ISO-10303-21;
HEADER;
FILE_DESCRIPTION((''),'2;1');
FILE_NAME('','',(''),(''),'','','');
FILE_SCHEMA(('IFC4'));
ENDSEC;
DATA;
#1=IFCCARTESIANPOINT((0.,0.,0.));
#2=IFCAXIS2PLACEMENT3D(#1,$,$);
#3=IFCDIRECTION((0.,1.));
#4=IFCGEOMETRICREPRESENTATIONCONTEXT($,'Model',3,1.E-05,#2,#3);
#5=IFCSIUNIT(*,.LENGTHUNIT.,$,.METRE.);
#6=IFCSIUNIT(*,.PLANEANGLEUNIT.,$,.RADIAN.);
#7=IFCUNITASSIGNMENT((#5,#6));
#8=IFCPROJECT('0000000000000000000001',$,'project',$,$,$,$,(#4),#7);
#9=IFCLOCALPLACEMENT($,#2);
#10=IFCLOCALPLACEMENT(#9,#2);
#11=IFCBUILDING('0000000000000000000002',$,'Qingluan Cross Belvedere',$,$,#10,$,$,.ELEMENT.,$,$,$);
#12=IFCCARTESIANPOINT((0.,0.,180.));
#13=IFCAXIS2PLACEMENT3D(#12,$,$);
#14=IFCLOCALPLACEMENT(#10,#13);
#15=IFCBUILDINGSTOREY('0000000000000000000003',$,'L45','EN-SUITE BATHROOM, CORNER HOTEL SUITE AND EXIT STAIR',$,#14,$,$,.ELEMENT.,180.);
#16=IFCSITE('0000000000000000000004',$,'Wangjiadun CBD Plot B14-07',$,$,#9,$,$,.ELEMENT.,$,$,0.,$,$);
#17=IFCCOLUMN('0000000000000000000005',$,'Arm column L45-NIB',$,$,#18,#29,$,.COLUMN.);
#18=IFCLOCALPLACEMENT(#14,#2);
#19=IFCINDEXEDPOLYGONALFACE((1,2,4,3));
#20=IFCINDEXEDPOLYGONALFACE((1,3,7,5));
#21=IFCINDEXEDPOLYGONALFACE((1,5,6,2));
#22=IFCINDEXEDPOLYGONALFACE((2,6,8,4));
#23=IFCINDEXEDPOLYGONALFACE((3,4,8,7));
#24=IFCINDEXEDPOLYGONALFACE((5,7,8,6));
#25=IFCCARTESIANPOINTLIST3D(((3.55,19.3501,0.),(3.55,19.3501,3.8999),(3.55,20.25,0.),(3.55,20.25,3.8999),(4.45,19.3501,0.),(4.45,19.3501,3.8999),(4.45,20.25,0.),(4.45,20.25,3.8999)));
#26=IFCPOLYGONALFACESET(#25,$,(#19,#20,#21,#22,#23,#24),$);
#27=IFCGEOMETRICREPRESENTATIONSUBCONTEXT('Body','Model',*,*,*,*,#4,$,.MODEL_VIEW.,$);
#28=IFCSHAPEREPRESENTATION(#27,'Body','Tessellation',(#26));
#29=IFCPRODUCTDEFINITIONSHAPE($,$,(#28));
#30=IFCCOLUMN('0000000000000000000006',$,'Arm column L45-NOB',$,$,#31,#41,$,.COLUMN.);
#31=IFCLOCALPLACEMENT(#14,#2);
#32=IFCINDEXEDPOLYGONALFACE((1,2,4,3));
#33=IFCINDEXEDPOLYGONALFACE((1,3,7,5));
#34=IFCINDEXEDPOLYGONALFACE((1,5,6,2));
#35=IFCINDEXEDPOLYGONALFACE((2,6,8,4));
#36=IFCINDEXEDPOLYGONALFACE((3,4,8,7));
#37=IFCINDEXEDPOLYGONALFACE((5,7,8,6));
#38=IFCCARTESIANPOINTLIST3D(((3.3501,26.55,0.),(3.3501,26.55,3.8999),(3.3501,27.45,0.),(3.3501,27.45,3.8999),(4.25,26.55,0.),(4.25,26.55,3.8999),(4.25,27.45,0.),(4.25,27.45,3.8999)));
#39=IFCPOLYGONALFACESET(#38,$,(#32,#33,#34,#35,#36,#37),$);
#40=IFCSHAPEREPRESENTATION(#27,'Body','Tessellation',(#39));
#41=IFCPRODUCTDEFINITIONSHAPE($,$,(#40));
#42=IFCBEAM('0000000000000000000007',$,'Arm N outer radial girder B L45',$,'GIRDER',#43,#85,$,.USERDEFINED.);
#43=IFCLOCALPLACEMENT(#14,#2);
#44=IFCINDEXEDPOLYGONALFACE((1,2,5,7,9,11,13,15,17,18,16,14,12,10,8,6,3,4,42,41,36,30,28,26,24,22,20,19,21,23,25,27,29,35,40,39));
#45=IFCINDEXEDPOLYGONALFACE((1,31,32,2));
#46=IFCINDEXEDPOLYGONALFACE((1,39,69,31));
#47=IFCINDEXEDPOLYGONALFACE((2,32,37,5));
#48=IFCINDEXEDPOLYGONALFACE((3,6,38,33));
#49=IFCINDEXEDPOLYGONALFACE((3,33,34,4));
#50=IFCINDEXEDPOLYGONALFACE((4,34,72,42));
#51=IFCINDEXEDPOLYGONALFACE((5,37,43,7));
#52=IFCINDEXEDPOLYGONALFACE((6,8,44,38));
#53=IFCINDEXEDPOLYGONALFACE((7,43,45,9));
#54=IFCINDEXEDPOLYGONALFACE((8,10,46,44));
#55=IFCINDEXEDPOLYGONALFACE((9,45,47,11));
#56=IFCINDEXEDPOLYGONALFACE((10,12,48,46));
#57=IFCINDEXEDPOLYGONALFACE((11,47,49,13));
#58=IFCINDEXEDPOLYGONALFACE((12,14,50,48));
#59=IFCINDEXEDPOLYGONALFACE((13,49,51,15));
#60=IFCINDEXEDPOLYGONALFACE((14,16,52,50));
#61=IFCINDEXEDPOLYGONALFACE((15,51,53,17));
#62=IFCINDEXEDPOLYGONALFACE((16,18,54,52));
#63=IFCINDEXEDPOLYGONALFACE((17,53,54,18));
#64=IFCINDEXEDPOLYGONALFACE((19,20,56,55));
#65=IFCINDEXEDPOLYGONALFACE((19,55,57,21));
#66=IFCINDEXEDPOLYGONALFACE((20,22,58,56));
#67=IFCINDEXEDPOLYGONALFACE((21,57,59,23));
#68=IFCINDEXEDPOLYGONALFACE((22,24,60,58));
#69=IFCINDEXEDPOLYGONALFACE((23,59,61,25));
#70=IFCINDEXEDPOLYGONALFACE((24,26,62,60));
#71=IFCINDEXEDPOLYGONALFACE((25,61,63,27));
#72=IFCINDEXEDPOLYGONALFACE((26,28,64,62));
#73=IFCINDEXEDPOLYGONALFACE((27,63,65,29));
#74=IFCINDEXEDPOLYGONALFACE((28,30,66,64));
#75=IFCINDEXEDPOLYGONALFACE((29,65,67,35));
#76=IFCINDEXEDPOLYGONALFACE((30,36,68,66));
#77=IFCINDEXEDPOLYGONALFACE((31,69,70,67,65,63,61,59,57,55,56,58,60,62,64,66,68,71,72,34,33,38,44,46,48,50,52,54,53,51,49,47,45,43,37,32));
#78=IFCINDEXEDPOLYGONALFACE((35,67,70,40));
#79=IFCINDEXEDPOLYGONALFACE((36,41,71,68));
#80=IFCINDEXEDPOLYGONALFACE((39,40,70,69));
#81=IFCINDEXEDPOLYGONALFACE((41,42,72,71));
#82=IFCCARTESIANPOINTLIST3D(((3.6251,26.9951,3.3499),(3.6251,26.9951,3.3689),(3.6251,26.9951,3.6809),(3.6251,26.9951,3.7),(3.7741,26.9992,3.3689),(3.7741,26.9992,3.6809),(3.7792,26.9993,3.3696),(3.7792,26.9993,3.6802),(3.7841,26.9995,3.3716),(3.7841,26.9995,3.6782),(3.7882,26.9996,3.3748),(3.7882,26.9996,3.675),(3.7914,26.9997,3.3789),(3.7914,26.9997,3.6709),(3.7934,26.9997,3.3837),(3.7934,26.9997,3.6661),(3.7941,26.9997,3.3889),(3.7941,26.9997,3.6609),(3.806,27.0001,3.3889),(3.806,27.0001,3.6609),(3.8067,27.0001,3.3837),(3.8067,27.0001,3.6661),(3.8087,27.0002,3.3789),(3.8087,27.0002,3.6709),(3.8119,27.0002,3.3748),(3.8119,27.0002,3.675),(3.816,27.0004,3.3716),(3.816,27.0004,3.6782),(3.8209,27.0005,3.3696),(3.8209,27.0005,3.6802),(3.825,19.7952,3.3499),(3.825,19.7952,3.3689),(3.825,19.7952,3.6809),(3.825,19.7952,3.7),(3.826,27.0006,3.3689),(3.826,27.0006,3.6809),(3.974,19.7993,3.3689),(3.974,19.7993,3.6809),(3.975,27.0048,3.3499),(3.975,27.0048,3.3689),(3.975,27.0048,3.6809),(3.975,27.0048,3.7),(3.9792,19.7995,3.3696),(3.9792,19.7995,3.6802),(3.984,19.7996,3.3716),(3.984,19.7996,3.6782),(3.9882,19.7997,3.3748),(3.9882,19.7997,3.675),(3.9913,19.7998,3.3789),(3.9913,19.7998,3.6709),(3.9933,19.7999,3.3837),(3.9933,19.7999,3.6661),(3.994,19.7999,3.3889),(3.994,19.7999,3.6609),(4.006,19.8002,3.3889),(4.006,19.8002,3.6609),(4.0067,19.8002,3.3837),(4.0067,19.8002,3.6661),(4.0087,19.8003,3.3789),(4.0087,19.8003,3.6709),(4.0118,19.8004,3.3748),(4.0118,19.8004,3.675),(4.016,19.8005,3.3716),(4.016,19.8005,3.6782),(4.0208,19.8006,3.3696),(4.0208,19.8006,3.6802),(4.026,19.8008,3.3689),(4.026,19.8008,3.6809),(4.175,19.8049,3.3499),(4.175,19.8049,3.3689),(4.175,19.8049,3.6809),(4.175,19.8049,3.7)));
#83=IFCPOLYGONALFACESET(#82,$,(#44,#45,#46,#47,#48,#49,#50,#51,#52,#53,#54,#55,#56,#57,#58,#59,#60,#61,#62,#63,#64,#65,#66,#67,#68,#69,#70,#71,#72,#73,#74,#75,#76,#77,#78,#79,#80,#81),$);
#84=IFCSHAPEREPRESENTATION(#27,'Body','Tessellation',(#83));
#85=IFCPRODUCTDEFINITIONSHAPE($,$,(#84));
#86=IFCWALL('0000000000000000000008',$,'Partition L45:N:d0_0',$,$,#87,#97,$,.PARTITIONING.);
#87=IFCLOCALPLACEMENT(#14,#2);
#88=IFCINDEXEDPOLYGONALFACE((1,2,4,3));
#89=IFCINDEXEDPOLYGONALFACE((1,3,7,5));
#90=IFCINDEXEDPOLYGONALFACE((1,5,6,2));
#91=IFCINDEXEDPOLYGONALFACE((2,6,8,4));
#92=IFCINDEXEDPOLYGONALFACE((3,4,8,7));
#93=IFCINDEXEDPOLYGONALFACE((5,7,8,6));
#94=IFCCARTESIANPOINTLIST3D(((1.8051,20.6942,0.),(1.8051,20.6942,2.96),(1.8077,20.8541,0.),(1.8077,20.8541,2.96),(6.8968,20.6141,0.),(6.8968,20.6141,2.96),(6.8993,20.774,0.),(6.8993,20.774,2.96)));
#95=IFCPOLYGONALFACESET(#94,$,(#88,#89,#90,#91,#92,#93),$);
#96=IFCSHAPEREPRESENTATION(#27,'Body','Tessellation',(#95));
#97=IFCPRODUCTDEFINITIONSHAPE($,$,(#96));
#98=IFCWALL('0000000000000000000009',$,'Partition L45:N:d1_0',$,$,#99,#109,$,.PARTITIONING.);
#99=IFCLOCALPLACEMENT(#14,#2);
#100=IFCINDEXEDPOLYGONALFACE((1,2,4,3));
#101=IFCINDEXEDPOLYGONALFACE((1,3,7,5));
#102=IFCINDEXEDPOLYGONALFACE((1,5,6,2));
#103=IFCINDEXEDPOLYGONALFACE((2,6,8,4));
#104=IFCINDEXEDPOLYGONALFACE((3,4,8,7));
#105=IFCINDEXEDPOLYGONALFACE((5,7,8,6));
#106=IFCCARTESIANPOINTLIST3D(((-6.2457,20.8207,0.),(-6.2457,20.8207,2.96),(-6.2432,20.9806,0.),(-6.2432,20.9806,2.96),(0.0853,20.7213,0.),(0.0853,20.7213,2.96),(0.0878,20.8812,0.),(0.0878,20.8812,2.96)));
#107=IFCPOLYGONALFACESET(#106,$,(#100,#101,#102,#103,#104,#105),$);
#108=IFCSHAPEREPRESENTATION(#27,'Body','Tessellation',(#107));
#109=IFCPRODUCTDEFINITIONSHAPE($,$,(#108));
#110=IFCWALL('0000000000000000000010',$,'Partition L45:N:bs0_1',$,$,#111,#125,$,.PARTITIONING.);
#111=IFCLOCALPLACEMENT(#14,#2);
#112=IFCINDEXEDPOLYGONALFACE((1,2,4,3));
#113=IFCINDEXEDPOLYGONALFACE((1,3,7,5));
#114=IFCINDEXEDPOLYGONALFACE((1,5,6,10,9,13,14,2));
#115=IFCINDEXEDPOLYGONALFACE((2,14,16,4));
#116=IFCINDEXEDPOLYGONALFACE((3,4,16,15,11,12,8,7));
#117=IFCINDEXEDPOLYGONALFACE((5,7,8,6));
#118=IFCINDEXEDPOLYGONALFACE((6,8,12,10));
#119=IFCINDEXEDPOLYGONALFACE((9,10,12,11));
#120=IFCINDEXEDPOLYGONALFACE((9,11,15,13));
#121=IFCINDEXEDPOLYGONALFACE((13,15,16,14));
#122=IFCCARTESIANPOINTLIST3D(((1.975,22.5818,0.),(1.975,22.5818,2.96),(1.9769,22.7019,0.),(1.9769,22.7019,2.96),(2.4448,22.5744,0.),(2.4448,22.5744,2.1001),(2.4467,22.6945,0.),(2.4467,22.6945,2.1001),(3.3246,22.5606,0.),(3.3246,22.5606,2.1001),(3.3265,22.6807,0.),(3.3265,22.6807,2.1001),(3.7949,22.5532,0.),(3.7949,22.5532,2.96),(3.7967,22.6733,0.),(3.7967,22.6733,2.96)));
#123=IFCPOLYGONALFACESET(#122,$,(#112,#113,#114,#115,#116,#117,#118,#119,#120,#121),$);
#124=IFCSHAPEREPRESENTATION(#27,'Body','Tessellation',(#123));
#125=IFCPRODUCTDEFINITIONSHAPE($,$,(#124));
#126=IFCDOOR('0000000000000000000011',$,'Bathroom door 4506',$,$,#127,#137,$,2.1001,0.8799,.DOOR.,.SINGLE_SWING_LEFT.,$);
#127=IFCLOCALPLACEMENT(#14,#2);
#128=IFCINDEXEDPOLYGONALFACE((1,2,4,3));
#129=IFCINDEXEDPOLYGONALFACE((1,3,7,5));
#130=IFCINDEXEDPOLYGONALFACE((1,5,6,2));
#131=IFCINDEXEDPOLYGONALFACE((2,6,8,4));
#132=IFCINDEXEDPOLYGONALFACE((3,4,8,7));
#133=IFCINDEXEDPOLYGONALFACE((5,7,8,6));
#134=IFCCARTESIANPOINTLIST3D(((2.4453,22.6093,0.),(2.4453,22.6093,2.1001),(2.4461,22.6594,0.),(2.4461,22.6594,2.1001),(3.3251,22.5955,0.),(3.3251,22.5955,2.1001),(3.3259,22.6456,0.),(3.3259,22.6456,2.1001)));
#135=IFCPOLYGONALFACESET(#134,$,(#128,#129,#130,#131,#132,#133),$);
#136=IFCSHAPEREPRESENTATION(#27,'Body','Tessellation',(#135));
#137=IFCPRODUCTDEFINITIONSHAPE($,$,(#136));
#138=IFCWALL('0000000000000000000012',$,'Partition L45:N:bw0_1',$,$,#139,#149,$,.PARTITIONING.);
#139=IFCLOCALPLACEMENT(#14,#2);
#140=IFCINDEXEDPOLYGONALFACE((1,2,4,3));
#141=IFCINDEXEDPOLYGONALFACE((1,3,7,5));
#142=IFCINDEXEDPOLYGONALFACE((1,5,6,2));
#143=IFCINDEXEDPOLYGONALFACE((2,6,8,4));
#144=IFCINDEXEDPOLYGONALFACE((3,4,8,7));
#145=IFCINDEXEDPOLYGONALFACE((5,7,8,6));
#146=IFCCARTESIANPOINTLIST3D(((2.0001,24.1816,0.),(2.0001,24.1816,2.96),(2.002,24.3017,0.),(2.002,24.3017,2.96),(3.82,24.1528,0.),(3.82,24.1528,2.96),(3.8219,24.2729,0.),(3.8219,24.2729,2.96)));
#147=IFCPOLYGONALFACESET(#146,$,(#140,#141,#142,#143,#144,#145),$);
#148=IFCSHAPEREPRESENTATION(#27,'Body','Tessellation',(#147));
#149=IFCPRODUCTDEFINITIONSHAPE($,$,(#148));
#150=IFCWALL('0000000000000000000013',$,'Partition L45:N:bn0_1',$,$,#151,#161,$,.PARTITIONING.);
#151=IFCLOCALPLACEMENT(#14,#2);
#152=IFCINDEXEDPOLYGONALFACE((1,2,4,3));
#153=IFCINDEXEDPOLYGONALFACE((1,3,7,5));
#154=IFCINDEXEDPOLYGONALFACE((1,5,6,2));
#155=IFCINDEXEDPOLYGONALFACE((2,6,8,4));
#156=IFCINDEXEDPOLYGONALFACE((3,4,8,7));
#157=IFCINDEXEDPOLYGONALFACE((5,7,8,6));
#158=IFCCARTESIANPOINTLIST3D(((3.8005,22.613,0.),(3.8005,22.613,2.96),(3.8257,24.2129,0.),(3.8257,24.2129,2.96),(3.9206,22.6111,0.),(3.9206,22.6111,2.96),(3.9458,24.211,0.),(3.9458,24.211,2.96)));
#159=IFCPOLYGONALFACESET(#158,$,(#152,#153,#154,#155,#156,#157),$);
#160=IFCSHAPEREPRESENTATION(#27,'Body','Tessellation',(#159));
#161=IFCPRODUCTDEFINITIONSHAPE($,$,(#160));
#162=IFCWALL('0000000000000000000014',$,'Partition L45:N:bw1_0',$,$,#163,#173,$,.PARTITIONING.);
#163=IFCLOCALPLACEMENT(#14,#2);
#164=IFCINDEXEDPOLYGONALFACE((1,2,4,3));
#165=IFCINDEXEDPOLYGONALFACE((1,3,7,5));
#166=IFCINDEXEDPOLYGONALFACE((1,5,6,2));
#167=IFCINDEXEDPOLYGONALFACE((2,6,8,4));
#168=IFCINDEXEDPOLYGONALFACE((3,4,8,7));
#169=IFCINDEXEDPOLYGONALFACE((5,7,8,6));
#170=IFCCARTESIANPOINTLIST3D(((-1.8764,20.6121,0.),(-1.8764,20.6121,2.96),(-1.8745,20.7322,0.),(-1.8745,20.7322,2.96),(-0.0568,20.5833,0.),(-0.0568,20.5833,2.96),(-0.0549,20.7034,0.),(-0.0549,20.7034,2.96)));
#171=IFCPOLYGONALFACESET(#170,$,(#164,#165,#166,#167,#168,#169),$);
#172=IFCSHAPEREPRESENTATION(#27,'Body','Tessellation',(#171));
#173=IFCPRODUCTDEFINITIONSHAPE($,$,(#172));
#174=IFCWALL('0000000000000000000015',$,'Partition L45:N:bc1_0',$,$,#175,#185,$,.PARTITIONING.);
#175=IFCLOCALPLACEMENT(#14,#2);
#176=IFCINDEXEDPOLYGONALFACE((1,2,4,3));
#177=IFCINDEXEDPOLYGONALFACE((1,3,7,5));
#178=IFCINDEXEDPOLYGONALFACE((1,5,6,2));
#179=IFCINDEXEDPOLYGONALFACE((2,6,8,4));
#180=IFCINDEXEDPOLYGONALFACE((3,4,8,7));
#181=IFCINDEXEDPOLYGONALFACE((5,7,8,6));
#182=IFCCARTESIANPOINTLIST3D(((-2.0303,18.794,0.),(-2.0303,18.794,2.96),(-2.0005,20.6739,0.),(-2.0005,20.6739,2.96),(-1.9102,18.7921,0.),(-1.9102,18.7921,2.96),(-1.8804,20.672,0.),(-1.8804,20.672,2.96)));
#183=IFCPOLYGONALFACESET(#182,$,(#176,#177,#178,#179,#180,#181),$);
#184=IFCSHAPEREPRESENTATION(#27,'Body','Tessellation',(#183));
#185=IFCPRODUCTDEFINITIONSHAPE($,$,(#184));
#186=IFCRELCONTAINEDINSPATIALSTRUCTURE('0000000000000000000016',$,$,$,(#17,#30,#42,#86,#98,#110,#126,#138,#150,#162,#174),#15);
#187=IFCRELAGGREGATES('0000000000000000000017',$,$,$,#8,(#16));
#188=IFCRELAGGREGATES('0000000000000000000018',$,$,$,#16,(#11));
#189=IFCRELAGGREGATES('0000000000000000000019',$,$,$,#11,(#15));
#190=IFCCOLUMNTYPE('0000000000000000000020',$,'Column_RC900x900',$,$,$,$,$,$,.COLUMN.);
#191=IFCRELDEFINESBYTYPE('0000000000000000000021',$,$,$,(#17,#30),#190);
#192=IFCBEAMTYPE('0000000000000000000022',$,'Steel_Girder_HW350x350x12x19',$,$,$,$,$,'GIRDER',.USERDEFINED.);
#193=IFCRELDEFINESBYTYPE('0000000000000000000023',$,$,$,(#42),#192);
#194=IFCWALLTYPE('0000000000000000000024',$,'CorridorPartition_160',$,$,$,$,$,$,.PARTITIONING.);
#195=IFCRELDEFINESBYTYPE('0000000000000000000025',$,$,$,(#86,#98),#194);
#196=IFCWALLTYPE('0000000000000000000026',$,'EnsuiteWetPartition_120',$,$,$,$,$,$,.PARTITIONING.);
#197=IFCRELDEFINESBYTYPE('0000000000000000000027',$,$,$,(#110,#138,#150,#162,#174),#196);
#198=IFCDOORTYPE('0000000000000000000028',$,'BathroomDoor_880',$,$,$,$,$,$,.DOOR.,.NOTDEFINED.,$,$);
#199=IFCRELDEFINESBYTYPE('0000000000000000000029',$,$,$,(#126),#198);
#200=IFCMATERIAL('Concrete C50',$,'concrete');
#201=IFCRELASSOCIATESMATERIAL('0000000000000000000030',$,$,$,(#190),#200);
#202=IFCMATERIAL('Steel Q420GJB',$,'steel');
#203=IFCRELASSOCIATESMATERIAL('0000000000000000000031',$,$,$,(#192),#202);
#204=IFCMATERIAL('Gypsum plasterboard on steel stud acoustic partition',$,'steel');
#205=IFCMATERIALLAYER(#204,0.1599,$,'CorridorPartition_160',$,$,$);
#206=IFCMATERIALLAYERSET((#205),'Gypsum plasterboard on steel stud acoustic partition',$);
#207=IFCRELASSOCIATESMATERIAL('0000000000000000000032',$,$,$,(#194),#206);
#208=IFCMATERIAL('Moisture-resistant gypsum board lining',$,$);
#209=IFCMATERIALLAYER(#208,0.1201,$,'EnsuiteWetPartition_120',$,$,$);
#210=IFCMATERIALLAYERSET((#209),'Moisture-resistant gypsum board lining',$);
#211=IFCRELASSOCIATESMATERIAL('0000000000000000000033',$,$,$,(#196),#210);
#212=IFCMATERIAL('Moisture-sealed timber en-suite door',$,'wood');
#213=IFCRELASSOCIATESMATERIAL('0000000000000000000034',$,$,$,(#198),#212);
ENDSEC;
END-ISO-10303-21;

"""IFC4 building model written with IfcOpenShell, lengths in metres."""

from ifc_helpers import new_model, si_unit, direction, frame, frame_2d, origin, origin_2d, place, context, subcontext, project, spatial, rectangle, i_section, extrude, material, layer, layer_set, material_profile, profile_set, type_object, element, fill, save


model = new_model("IFC4")

# Units and contexts
model_context = context("Model", 3, precision=1e-05, world=origin(), true_north=direction((0.0, 1.0)))
body_context = subcontext(model_context, "Body", "Model", "MODEL_VIEW")
ifc_project = project(units=[si_unit("LENGTHUNIT", "METRE"), si_unit("PLANEANGLEUNIT", "RADIAN")], contexts=[model_context])

# Site, building, storey
site_placement = place(None, origin())
site = spatial("IfcSite", under=ifc_project, at=site_placement, Name="Wangjiadun CBD Plot B14-07", CompositionType="ELEMENT", RefElevation=0.0)
building_placement = place(site_placement, origin())
building = spatial("IfcBuilding", under=site, at=building_placement, Name="Qingluan Cross Belvedere", CompositionType="ELEMENT")
storey_placement = place(building_placement, frame((0.0, 0.0, 180.0)))
storey = spatial("IfcBuildingStorey", under=building, at=storey_placement, Name="L45", Description="EN-SUITE BATHROOM, CORNER HOTEL SUITE AND EXIT STAIR", CompositionType="ELEMENT", Elevation=180.0)

# Columns
ifc_material_1 = material(Name="Concrete C50", Category="concrete")
ifc_material_profile_1 = material_profile(ifc_material_1, rectangle(XDim=0.8999, YDim=0.8999, at=origin_2d()), Name="RC900x900")
ifc_profile_set_1 = profile_set([ifc_material_profile_1], Name="Concrete C50")
column_type = type_object("IfcColumnType", Name="Column_RC900x900", PredefinedType="COLUMN", material=ifc_profile_set_1)
for number, where, z_axis, x_axis, name in (
    (1, (4.0, 19.8, 0.0), (0.0, 0.0, 1.0), (1.0, 0.0, 0.0), "Arm column L45-NIB"),
    (2, (3.8, 27.0, 0.0), (0.0, 0.0, 1.0), (1.0, 0.0, 0.0), "Arm column L45-NOB"),
):
    element("IfcColumn", number, at=place(storey_placement, frame(where, z_axis=z_axis, x_axis=x_axis)), inside=storey, type_object=column_type, Name=name, PredefinedType="COLUMN", context=body_context, shape_type="SweptSolid", body=[
        extrude(rectangle(XDim=0.8999, YDim=0.8999, at=origin_2d()), origin(), (0.0, 0.0, 1.0), 3.8999),
    ])

# Beam
ifc_material_2 = material(Name="Steel Q420GJB", Category="steel")
ifc_material_profile_2 = material_profile(ifc_material_2, i_section(OverallWidth=0.3501, OverallDepth=0.3501, WebThickness=0.012, FlangeThickness=0.019, FilletRadius=0.02, at=origin_2d()), Name="HW350x350x12x19")
ifc_profile_set_2 = profile_set([ifc_material_profile_2], Name="Steel Q420GJB")
beam_type = type_object("IfcBeamType", Name="Steel_Girder_HW350x350x12x19", ElementType="GIRDER", PredefinedType="USERDEFINED", material=ifc_profile_set_2)
beam_placement = place(storey_placement, frame((4.0, 19.8, 3.5249), z_axis=(-0.02776, 0.999615, 0.0), x_axis=(-0.999615, -0.02776, 0.0)))
element("IfcBeam", 3, at=beam_placement, inside=storey, type_object=beam_type, Name="Arm N outer radial girder B L45", ObjectType="GIRDER", PredefinedType="USERDEFINED", context=body_context, shape_type="SweptSolid", body=[
    extrude(i_section(OverallWidth=0.3501, OverallDepth=0.3501, WebThickness=0.012, FlangeThickness=0.019, FilletRadius=0.02, at=origin_2d()), origin(), (0.0, 0.0, 1.0), 7.2026),
])

# Walls
ifc_material_3 = material(Name="Gypsum plasterboard on steel stud acoustic partition", Category="steel")
ifc_layer_1 = layer(ifc_material_3, 0.1599, Name="CorridorPartition_160")
ifc_layer_set_1 = layer_set([ifc_layer_1], Name="Gypsum plasterboard on steel stud acoustic partition")
wall_type_1 = type_object("IfcWallType", Name="CorridorPartition_160", PredefinedType="PARTITIONING", material=ifc_layer_set_1)
wall_1_placement = place(storey_placement, frame((1.8064, 20.7742, 0.0), z_axis=(0.0, 0.0, 1.0), x_axis=(0.999876, -0.015726, 0.0)))
element("IfcWall", 4, at=wall_1_placement, inside=storey, type_object=wall_type_1, Name="Partition L45:N:d0_0", PredefinedType="PARTITIONING", context=body_context, shape_type="SweptSolid", body=[
    extrude(rectangle(XDim=5.0923, YDim=0.1599, at=frame_2d((2.5461, 0.0))), origin(), (0.0, 0.0, 1.0), 2.96),
])
wall_2_placement = place(storey_placement, frame((0.0867, 20.8013, 0.0), z_axis=(0.0, 0.0, 1.0), x_axis=(-0.999877, 0.015693, 0.0)))
element("IfcWall", 5, at=wall_2_placement, inside=storey, type_object=wall_type_1, Name="Partition L45:N:d1_0", PredefinedType="PARTITIONING", context=body_context, shape_type="SweptSolid", body=[
    extrude(rectangle(XDim=6.3318, YDim=0.1599, at=frame_2d((3.166, 0.0))), origin(), (0.0, 0.0, 1.0), 2.96),
])

# Wall, opening, door
ifc_material_4 = material(Name="Moisture-resistant gypsum board lining")
ifc_layer_2 = layer(ifc_material_4, 0.1201, Name="EnsuiteWetPartition_120")
ifc_layer_set_2 = layer_set([ifc_layer_2], Name="Moisture-resistant gypsum board lining")
wall_type_2 = type_object("IfcWallType", Name="EnsuiteWetPartition_120", PredefinedType="PARTITIONING", material=ifc_layer_set_2)
wall_3_placement = place(storey_placement, frame((1.9758, 22.6418, 0.0), z_axis=(0.0, 0.0, 1.0), x_axis=(0.999877, -0.015694, 0.0)))
wall_3 = element("IfcWall", 6, at=wall_3_placement, inside=storey, type_object=wall_type_2, Name="Partition L45:N:bs0_1", PredefinedType="PARTITIONING", context=body_context, shape_type="SweptSolid", body=[
    extrude(rectangle(XDim=1.8201, YDim=0.1201, at=frame_2d((0.9102, 0.0))), origin(), (0.0, 0.0, 1.0), 2.96),
])
opening_1_placement = place(wall_3_placement, frame((0.47, 0.0, 0.0)))
opening_1 = element("IfcOpeningElement", 7, at=opening_1_placement, cuts=wall_3, PredefinedType="OPENING", context=body_context, shape_type="SweptSolid", body=[
    extrude(rectangle(XDim=0.8799, YDim=2.1001, at=frame_2d((0.4399, 1.05))), frame((0.0, 0.0701, 0.0), z_axis=(0.0, -1.0, 0.0), x_axis=(1.0, 0.0, 0.0)), (0.0, 0.0, 1.0), 0.1401),
])
ifc_material_5 = material(Name="Moisture-sealed timber en-suite door", Category="wood")
door_type = type_object("IfcDoorType", Name="BathroomDoor_880", OperationType="NOTDEFINED", PredefinedType="DOOR", material=ifc_material_5)
door_1_placement = place(opening_1_placement, origin())
door_1 = element("IfcDoor", 8, at=door_1_placement, inside=storey, type_object=door_type, Name="Bathroom door 4506", OperationType="SINGLE_SWING_LEFT", OverallHeight=2.1001, OverallWidth=0.8799, PredefinedType="DOOR", context=body_context, shape_type="SweptSolid", body=[
    extrude(rectangle(XDim=0.8799, YDim=2.1001, at=frame_2d((0.4399, 1.05))), frame((0.0, 0.0249, 0.0), z_axis=(0.0, -1.0, 0.0), x_axis=(1.0, 0.0, 0.0)), (0.0, 0.0, 1.0), 0.05),
])
fill(opening_1, door_1)

# Walls
wall_4_placement = place(storey_placement, frame((2.001, 24.2417, 0.0), z_axis=(0.0, 0.0, 1.0), x_axis=(0.999875, -0.015828, 0.0)))
element("IfcWall", 9, at=wall_4_placement, inside=storey, type_object=wall_type_2, Name="Partition L45:N:bw0_1", PredefinedType="PARTITIONING", context=body_context, shape_type="SweptSolid", body=[
    extrude(rectangle(XDim=1.8201, YDim=0.1201, at=frame_2d((0.9102, 0.0))), origin(), (0.0, 0.0, 1.0), 2.96),
])
wall_5_placement = place(storey_placement, frame((3.8606, 22.6121, 0.0), z_axis=(0.0, 0.0, 1.0), x_axis=(0.015716, 0.999876, 0.0)))
element("IfcWall", 10, at=wall_5_placement, inside=storey, type_object=wall_type_2, Name="Partition L45:N:bn0_1", PredefinedType="PARTITIONING", context=body_context, shape_type="SweptSolid", body=[
    extrude(rectangle(XDim=1.6001, YDim=0.1201, at=frame_2d((0.8, 0.0))), origin(), (0.0, 0.0, 1.0), 2.96),
])
wall_6_placement = place(storey_placement, frame((-1.8755, 20.6721, 0.0), z_axis=(0.0, 0.0, 1.0), x_axis=(0.999875, -0.015831, 0.0)))
element("IfcWall", 11, at=wall_6_placement, inside=storey, type_object=wall_type_2, Name="Partition L45:N:bw1_0", PredefinedType="PARTITIONING", context=body_context, shape_type="SweptSolid", body=[
    extrude(rectangle(XDim=1.8198, YDim=0.1201, at=frame_2d((0.9099, 0.0))), origin(), (0.0, 0.0, 1.0), 2.96),
])
wall_7_placement = place(storey_placement, frame((-1.9702, 18.7932, 0.0), z_axis=(0.0, 0.0, 1.0), x_axis=(0.015842, 0.999875, 0.0)))
element("IfcWall", 12, at=wall_7_placement, inside=storey, type_object=wall_type_2, Name="Partition L45:N:bc1_0", PredefinedType="PARTITIONING", context=body_context, shape_type="SweptSolid", body=[
    extrude(rectangle(XDim=1.8801, YDim=0.1201, at=frame_2d((0.9399, 0.0))), origin(), (0.0, 0.0, 1.0), 2.96),
])

save(model, "model.ifc")
